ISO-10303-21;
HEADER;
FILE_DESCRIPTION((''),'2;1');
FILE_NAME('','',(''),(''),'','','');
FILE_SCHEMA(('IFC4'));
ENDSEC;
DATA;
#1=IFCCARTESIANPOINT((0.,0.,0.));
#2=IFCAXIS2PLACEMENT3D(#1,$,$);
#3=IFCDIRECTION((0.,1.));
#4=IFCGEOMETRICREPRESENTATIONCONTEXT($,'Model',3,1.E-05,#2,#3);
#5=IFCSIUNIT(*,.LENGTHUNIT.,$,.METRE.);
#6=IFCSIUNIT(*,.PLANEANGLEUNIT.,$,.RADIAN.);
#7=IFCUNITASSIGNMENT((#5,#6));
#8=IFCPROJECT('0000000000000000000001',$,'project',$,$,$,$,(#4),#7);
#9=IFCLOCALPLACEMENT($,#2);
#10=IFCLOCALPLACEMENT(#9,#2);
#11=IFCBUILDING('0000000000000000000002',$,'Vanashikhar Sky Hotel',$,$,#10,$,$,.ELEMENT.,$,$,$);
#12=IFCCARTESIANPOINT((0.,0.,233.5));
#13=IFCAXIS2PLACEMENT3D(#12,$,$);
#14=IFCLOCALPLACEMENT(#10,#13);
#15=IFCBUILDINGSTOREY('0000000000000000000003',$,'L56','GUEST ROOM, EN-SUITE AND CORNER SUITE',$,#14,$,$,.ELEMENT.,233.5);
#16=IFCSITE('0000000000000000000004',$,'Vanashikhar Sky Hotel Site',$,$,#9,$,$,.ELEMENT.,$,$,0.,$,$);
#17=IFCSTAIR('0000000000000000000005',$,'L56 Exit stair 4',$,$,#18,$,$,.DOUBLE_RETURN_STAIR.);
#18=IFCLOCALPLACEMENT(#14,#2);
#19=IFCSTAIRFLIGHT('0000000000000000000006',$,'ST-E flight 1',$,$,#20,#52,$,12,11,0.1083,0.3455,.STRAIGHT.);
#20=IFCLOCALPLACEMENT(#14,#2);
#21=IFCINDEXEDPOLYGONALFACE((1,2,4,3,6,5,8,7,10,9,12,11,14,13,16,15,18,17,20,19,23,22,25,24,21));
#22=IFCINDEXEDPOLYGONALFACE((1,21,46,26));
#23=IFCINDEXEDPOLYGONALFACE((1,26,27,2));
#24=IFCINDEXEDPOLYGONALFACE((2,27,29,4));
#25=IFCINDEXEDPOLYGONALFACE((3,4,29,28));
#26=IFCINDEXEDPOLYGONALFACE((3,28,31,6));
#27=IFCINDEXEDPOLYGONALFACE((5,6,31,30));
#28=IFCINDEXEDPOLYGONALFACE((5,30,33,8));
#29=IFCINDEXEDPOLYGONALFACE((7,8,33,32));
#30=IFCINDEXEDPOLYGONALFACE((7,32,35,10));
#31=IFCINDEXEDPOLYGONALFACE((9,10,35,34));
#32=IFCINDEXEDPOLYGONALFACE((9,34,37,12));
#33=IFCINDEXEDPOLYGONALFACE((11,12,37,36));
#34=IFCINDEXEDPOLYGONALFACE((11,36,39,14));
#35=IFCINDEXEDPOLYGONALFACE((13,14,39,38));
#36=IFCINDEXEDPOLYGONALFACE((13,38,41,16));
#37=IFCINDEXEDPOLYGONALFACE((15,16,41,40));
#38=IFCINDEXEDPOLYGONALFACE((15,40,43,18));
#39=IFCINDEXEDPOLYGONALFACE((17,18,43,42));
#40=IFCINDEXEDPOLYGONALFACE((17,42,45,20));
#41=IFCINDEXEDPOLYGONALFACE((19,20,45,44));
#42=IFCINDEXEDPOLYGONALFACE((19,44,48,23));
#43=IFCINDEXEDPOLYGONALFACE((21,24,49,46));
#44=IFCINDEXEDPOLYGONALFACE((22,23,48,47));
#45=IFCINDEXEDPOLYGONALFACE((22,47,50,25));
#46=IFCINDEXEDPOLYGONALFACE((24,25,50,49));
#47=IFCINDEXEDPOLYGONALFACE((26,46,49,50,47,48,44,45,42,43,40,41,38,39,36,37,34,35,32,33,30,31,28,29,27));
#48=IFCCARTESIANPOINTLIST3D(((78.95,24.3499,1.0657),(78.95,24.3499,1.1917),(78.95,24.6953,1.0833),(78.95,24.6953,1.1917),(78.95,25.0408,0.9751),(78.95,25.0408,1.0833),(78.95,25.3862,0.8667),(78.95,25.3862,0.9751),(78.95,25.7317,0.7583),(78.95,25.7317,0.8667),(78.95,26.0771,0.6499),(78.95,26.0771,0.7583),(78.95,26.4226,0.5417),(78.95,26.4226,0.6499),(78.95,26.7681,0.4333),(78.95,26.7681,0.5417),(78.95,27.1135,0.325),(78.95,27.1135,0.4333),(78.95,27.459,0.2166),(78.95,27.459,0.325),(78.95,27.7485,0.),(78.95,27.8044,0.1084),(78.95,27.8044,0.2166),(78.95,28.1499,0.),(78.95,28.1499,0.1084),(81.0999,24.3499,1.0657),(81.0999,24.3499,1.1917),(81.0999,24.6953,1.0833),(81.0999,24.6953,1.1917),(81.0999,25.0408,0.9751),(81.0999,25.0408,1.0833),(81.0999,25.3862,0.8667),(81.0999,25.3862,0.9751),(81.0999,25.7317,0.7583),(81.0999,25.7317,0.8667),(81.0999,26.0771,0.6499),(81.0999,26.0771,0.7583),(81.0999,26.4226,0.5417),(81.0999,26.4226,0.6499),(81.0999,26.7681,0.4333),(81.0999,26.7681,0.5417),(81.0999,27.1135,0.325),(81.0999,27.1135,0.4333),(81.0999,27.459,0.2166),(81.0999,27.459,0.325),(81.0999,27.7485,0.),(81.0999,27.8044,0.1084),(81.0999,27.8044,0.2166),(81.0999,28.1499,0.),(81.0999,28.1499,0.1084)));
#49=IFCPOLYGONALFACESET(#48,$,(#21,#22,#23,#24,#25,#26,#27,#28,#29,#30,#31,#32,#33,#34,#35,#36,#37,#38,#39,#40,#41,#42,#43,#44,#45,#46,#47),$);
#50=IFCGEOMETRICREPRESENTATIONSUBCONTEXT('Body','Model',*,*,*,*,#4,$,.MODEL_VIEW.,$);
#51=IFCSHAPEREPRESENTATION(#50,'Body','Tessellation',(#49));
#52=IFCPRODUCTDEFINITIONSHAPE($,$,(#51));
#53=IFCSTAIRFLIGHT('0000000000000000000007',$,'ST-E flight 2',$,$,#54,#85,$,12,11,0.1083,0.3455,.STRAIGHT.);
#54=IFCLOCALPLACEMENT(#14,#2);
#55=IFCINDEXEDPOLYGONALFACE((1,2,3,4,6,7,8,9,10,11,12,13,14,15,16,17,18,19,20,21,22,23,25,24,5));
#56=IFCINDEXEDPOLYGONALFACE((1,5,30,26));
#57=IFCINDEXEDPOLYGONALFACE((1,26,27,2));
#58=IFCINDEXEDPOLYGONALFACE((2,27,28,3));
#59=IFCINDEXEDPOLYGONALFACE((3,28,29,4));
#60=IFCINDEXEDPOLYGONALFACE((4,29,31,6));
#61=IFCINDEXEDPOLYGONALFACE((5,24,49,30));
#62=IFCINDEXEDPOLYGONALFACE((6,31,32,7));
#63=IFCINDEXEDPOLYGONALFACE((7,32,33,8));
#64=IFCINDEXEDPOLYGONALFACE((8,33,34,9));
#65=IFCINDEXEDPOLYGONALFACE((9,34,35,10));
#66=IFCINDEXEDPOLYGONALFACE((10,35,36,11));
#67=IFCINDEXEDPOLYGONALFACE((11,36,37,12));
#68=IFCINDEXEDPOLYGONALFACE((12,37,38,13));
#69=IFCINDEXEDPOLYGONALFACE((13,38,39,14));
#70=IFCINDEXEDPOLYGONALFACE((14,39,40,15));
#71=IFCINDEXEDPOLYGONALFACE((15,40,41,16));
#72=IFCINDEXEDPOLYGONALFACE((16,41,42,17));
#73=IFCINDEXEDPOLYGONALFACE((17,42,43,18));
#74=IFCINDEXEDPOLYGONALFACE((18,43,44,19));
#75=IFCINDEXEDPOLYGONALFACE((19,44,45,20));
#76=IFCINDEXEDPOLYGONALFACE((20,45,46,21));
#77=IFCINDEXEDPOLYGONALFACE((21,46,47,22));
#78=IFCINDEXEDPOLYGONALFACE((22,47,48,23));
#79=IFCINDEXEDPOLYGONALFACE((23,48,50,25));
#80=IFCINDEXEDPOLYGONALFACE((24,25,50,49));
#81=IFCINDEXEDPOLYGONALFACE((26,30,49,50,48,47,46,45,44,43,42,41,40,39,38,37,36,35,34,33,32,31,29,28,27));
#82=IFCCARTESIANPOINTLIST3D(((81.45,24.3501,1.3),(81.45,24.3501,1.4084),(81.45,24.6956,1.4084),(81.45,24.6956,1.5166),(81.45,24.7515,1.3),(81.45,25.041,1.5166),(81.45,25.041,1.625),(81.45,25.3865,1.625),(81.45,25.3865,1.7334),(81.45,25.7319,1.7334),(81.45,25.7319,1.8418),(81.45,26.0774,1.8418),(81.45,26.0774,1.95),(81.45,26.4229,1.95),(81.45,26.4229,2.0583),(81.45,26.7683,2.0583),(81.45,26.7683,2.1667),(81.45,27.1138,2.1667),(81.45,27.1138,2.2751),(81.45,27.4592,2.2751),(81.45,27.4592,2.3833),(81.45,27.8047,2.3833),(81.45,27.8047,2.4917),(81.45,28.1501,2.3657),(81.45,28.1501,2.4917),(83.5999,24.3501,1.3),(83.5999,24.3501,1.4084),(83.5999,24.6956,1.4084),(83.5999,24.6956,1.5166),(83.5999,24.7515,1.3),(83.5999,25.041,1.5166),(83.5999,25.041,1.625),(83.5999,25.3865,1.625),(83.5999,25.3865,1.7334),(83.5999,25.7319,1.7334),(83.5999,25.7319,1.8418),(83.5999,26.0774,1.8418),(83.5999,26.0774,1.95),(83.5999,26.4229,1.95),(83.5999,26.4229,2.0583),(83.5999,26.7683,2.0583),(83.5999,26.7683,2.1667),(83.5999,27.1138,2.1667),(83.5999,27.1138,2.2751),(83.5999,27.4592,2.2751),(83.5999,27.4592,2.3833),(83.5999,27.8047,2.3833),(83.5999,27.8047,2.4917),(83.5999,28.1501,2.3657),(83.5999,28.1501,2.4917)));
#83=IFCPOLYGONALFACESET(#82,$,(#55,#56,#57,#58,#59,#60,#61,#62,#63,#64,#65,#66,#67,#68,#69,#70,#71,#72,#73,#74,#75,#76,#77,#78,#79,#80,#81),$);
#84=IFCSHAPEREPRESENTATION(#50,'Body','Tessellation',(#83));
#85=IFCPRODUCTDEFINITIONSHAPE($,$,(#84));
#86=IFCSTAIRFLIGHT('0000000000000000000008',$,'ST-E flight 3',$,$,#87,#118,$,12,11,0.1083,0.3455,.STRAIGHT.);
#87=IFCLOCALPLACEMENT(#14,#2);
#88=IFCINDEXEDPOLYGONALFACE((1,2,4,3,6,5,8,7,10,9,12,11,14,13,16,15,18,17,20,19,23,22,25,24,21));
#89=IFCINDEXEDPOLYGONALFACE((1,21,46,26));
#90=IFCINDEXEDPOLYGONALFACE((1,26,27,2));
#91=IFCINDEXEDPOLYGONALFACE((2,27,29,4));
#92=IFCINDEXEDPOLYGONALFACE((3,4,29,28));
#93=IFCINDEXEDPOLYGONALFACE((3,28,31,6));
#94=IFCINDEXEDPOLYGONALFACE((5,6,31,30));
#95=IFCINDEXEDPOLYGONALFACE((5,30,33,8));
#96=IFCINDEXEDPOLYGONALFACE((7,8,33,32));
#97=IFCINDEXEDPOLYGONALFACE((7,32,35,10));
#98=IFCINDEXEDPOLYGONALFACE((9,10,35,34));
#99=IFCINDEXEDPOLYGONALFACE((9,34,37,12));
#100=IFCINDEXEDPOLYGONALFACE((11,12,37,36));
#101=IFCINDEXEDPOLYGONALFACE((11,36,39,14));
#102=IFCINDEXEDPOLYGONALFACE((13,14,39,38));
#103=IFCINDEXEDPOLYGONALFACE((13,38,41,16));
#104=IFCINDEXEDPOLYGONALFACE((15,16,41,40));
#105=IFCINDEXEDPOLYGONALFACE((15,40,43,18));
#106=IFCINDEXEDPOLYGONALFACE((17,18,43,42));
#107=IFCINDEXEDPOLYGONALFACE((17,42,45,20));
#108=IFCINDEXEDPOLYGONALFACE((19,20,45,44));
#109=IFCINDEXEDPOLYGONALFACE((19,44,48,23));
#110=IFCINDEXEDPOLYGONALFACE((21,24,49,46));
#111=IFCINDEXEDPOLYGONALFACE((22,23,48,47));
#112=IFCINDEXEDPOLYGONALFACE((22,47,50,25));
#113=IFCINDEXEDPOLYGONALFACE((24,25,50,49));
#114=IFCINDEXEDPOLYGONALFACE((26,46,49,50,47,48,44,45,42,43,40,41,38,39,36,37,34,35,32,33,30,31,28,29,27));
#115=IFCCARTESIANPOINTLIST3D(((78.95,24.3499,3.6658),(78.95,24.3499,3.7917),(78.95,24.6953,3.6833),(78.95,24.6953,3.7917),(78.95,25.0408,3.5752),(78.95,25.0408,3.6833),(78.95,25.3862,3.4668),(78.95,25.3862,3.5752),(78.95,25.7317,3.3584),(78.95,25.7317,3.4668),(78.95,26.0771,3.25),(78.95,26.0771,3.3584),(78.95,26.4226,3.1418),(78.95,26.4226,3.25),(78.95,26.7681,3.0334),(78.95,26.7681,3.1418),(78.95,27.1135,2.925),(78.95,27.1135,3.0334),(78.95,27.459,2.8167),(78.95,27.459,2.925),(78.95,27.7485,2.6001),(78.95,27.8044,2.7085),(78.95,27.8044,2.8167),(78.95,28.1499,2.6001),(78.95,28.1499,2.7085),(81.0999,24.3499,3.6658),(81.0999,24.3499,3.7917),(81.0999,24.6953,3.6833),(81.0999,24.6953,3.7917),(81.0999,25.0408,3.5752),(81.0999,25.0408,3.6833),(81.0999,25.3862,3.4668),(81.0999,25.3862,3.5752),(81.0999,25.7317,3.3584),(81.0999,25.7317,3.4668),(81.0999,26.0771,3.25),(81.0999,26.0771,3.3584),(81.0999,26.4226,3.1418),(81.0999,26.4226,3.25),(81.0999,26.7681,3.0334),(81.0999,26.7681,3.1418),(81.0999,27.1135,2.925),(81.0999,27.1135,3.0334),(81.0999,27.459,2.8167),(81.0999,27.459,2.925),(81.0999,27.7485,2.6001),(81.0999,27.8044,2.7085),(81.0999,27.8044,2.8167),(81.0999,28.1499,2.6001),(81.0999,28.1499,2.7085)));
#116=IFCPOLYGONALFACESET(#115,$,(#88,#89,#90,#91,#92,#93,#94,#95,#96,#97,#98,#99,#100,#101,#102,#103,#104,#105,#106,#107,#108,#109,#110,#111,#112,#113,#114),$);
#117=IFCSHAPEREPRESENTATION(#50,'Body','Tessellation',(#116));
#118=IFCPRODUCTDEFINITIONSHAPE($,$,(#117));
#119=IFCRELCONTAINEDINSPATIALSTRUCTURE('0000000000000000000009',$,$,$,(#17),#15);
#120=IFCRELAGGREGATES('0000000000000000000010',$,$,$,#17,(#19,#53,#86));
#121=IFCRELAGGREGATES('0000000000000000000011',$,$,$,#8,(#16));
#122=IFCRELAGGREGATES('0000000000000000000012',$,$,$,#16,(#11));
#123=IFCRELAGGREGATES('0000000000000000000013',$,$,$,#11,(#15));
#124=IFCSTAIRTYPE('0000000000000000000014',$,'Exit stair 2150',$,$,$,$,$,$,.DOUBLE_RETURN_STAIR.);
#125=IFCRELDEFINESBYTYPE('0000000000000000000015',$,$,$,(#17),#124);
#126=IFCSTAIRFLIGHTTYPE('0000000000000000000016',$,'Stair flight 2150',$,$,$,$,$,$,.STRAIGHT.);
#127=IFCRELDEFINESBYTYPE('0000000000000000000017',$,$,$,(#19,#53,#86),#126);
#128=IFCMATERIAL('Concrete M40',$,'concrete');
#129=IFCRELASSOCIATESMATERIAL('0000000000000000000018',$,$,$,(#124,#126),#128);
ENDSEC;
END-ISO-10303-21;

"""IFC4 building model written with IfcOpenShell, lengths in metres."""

from ifc_helpers import new_model, si_unit, direction, frame, origin, place, context, subcontext, project, spatial, polyline, outline, extrude, source, transform, mapped, material, type_object, element, aggregate, save


model = new_model("IFC4")

# Units and contexts
model_context = context("Model", 3, precision=1e-05, world=origin(), true_north=direction((0.0, 1.0)))
body_context = subcontext(model_context, "Body", "Model", "MODEL_VIEW")
ifc_project = project(units=[si_unit("LENGTHUNIT", "METRE"), si_unit("PLANEANGLEUNIT", "RADIAN")], contexts=[model_context])

# Site, building, storey
site_placement = place(None, origin())
site = spatial("IfcSite", under=ifc_project, at=site_placement, Name="Vanashikhar Sky Hotel Site", CompositionType="ELEMENT", RefElevation=0.0)
building_placement = place(site_placement, origin())
building = spatial("IfcBuilding", under=site, at=building_placement, Name="Vanashikhar Sky Hotel", CompositionType="ELEMENT")
storey_placement = place(building_placement, frame((0.0, 0.0, 233.5)))
storey = spatial("IfcBuildingStorey", under=building, at=storey_placement, Name="L56", Description="GUEST ROOM, EN-SUITE AND CORNER SUITE", CompositionType="ELEMENT", Elevation=233.5)

# Shared definitions
ifc_material_1 = material(Name="Concrete M40", Category="concrete")
stair_type = type_object("IfcStairType", Name="Exit stair 2150", PredefinedType="DOUBLE_RETURN_STAIR", material=ifc_material_1)
stair_flight_type = type_object("IfcStairFlightType", Name="Stair flight 2150", PredefinedType="STRAIGHT", material=ifc_material_1)
shared_shape_1 = source(origin(), body_context, "Body", "SweptSolid", [
    extrude(outline(polyline([(0.0, 0.0), (0.0, 0.1084), (0.3455, 0.1084), (0.3455, 0.2166), (0.6909, 0.2166), (0.6909, 0.325), (1.0364, 0.325), (1.0364, 0.4333), (1.3818, 0.4333), (1.3818, 0.5417), (1.7273, 0.5417), (1.7273, 0.6499), (2.0728, 0.6499), (2.0728, 0.7583), (2.4182, 0.7583), (2.4182, 0.8667), (2.7637, 0.8667), (2.7637, 0.9751), (3.1091, 0.9751), (3.1091, 1.0833), (3.4546, 1.0833), (3.4546, 1.1917), (3.8, 1.1917), (3.8, 1.3), (3.8, 1.0657), (0.4014, 0.0), (0.0, 0.0)])), frame((0.0, 1.075, 0.0), z_axis=(0.0, -1.0, 0.0), x_axis=(1.0, 0.0, 0.0)), (0.0, 0.0, 1.0), 2.1499),
])

# Stair, stair flights
stair_1_placement = place(storey_placement, origin())
stair_1 = element("IfcStair", 1, at=stair_1_placement, inside=storey, type_object=stair_type, Name="L56 Exit stair 4", PredefinedType="DOUBLE_RETURN_STAIR")
stair_flight_1_placement = place(storey_placement, frame((80.0249, 28.1499, 0.0), z_axis=(0.0, 0.0, 1.0), x_axis=(0.0, -1.0, 0.0)))
stair_flight_1 = element("IfcStairFlight", 2, at=stair_flight_1_placement, type_object=stair_flight_type, Name="ST-E flight 1", NumberOfRisers=12, NumberOfTreads=11, PredefinedType="STRAIGHT", RiserHeight=0.1083, TreadLength=0.3455, context=body_context, shape_type="MappedRepresentation", body=[
    mapped(shared_shape_1, transform((0.0, 0.0, 0.0), scale=1.0)),
])
stair_flight_2_placement = place(storey_placement, frame((82.5249, 24.3501, 1.3), z_axis=(0.0, 0.0, 1.0), x_axis=(0.0, 1.0, 0.0)))
stair_flight_2 = element("IfcStairFlight", 3, at=stair_flight_2_placement, type_object=stair_flight_type, Name="ST-E flight 2", NumberOfRisers=12, NumberOfTreads=11, PredefinedType="STRAIGHT", RiserHeight=0.1083, TreadLength=0.3455, context=body_context, shape_type="MappedRepresentation", body=[
    mapped(shared_shape_1, transform((0.0, 0.0, 0.0), scale=1.0)),
])
stair_flight_3_placement = place(storey_placement, frame((80.0249, 28.1499, 2.6001), z_axis=(0.0, 0.0, 1.0), x_axis=(0.0, -1.0, 0.0)))
stair_flight_3 = element("IfcStairFlight", 4, at=stair_flight_3_placement, type_object=stair_flight_type, Name="ST-E flight 3", NumberOfRisers=12, NumberOfTreads=11, PredefinedType="STRAIGHT", RiserHeight=0.1083, TreadLength=0.3455, context=body_context, shape_type="MappedRepresentation", body=[
    mapped(shared_shape_1, transform((0.0, 0.0, 0.0), scale=1.0)),
])
aggregate(stair_1, [stair_flight_1, stair_flight_2, stair_flight_3])

save(model, "model.ifc")
